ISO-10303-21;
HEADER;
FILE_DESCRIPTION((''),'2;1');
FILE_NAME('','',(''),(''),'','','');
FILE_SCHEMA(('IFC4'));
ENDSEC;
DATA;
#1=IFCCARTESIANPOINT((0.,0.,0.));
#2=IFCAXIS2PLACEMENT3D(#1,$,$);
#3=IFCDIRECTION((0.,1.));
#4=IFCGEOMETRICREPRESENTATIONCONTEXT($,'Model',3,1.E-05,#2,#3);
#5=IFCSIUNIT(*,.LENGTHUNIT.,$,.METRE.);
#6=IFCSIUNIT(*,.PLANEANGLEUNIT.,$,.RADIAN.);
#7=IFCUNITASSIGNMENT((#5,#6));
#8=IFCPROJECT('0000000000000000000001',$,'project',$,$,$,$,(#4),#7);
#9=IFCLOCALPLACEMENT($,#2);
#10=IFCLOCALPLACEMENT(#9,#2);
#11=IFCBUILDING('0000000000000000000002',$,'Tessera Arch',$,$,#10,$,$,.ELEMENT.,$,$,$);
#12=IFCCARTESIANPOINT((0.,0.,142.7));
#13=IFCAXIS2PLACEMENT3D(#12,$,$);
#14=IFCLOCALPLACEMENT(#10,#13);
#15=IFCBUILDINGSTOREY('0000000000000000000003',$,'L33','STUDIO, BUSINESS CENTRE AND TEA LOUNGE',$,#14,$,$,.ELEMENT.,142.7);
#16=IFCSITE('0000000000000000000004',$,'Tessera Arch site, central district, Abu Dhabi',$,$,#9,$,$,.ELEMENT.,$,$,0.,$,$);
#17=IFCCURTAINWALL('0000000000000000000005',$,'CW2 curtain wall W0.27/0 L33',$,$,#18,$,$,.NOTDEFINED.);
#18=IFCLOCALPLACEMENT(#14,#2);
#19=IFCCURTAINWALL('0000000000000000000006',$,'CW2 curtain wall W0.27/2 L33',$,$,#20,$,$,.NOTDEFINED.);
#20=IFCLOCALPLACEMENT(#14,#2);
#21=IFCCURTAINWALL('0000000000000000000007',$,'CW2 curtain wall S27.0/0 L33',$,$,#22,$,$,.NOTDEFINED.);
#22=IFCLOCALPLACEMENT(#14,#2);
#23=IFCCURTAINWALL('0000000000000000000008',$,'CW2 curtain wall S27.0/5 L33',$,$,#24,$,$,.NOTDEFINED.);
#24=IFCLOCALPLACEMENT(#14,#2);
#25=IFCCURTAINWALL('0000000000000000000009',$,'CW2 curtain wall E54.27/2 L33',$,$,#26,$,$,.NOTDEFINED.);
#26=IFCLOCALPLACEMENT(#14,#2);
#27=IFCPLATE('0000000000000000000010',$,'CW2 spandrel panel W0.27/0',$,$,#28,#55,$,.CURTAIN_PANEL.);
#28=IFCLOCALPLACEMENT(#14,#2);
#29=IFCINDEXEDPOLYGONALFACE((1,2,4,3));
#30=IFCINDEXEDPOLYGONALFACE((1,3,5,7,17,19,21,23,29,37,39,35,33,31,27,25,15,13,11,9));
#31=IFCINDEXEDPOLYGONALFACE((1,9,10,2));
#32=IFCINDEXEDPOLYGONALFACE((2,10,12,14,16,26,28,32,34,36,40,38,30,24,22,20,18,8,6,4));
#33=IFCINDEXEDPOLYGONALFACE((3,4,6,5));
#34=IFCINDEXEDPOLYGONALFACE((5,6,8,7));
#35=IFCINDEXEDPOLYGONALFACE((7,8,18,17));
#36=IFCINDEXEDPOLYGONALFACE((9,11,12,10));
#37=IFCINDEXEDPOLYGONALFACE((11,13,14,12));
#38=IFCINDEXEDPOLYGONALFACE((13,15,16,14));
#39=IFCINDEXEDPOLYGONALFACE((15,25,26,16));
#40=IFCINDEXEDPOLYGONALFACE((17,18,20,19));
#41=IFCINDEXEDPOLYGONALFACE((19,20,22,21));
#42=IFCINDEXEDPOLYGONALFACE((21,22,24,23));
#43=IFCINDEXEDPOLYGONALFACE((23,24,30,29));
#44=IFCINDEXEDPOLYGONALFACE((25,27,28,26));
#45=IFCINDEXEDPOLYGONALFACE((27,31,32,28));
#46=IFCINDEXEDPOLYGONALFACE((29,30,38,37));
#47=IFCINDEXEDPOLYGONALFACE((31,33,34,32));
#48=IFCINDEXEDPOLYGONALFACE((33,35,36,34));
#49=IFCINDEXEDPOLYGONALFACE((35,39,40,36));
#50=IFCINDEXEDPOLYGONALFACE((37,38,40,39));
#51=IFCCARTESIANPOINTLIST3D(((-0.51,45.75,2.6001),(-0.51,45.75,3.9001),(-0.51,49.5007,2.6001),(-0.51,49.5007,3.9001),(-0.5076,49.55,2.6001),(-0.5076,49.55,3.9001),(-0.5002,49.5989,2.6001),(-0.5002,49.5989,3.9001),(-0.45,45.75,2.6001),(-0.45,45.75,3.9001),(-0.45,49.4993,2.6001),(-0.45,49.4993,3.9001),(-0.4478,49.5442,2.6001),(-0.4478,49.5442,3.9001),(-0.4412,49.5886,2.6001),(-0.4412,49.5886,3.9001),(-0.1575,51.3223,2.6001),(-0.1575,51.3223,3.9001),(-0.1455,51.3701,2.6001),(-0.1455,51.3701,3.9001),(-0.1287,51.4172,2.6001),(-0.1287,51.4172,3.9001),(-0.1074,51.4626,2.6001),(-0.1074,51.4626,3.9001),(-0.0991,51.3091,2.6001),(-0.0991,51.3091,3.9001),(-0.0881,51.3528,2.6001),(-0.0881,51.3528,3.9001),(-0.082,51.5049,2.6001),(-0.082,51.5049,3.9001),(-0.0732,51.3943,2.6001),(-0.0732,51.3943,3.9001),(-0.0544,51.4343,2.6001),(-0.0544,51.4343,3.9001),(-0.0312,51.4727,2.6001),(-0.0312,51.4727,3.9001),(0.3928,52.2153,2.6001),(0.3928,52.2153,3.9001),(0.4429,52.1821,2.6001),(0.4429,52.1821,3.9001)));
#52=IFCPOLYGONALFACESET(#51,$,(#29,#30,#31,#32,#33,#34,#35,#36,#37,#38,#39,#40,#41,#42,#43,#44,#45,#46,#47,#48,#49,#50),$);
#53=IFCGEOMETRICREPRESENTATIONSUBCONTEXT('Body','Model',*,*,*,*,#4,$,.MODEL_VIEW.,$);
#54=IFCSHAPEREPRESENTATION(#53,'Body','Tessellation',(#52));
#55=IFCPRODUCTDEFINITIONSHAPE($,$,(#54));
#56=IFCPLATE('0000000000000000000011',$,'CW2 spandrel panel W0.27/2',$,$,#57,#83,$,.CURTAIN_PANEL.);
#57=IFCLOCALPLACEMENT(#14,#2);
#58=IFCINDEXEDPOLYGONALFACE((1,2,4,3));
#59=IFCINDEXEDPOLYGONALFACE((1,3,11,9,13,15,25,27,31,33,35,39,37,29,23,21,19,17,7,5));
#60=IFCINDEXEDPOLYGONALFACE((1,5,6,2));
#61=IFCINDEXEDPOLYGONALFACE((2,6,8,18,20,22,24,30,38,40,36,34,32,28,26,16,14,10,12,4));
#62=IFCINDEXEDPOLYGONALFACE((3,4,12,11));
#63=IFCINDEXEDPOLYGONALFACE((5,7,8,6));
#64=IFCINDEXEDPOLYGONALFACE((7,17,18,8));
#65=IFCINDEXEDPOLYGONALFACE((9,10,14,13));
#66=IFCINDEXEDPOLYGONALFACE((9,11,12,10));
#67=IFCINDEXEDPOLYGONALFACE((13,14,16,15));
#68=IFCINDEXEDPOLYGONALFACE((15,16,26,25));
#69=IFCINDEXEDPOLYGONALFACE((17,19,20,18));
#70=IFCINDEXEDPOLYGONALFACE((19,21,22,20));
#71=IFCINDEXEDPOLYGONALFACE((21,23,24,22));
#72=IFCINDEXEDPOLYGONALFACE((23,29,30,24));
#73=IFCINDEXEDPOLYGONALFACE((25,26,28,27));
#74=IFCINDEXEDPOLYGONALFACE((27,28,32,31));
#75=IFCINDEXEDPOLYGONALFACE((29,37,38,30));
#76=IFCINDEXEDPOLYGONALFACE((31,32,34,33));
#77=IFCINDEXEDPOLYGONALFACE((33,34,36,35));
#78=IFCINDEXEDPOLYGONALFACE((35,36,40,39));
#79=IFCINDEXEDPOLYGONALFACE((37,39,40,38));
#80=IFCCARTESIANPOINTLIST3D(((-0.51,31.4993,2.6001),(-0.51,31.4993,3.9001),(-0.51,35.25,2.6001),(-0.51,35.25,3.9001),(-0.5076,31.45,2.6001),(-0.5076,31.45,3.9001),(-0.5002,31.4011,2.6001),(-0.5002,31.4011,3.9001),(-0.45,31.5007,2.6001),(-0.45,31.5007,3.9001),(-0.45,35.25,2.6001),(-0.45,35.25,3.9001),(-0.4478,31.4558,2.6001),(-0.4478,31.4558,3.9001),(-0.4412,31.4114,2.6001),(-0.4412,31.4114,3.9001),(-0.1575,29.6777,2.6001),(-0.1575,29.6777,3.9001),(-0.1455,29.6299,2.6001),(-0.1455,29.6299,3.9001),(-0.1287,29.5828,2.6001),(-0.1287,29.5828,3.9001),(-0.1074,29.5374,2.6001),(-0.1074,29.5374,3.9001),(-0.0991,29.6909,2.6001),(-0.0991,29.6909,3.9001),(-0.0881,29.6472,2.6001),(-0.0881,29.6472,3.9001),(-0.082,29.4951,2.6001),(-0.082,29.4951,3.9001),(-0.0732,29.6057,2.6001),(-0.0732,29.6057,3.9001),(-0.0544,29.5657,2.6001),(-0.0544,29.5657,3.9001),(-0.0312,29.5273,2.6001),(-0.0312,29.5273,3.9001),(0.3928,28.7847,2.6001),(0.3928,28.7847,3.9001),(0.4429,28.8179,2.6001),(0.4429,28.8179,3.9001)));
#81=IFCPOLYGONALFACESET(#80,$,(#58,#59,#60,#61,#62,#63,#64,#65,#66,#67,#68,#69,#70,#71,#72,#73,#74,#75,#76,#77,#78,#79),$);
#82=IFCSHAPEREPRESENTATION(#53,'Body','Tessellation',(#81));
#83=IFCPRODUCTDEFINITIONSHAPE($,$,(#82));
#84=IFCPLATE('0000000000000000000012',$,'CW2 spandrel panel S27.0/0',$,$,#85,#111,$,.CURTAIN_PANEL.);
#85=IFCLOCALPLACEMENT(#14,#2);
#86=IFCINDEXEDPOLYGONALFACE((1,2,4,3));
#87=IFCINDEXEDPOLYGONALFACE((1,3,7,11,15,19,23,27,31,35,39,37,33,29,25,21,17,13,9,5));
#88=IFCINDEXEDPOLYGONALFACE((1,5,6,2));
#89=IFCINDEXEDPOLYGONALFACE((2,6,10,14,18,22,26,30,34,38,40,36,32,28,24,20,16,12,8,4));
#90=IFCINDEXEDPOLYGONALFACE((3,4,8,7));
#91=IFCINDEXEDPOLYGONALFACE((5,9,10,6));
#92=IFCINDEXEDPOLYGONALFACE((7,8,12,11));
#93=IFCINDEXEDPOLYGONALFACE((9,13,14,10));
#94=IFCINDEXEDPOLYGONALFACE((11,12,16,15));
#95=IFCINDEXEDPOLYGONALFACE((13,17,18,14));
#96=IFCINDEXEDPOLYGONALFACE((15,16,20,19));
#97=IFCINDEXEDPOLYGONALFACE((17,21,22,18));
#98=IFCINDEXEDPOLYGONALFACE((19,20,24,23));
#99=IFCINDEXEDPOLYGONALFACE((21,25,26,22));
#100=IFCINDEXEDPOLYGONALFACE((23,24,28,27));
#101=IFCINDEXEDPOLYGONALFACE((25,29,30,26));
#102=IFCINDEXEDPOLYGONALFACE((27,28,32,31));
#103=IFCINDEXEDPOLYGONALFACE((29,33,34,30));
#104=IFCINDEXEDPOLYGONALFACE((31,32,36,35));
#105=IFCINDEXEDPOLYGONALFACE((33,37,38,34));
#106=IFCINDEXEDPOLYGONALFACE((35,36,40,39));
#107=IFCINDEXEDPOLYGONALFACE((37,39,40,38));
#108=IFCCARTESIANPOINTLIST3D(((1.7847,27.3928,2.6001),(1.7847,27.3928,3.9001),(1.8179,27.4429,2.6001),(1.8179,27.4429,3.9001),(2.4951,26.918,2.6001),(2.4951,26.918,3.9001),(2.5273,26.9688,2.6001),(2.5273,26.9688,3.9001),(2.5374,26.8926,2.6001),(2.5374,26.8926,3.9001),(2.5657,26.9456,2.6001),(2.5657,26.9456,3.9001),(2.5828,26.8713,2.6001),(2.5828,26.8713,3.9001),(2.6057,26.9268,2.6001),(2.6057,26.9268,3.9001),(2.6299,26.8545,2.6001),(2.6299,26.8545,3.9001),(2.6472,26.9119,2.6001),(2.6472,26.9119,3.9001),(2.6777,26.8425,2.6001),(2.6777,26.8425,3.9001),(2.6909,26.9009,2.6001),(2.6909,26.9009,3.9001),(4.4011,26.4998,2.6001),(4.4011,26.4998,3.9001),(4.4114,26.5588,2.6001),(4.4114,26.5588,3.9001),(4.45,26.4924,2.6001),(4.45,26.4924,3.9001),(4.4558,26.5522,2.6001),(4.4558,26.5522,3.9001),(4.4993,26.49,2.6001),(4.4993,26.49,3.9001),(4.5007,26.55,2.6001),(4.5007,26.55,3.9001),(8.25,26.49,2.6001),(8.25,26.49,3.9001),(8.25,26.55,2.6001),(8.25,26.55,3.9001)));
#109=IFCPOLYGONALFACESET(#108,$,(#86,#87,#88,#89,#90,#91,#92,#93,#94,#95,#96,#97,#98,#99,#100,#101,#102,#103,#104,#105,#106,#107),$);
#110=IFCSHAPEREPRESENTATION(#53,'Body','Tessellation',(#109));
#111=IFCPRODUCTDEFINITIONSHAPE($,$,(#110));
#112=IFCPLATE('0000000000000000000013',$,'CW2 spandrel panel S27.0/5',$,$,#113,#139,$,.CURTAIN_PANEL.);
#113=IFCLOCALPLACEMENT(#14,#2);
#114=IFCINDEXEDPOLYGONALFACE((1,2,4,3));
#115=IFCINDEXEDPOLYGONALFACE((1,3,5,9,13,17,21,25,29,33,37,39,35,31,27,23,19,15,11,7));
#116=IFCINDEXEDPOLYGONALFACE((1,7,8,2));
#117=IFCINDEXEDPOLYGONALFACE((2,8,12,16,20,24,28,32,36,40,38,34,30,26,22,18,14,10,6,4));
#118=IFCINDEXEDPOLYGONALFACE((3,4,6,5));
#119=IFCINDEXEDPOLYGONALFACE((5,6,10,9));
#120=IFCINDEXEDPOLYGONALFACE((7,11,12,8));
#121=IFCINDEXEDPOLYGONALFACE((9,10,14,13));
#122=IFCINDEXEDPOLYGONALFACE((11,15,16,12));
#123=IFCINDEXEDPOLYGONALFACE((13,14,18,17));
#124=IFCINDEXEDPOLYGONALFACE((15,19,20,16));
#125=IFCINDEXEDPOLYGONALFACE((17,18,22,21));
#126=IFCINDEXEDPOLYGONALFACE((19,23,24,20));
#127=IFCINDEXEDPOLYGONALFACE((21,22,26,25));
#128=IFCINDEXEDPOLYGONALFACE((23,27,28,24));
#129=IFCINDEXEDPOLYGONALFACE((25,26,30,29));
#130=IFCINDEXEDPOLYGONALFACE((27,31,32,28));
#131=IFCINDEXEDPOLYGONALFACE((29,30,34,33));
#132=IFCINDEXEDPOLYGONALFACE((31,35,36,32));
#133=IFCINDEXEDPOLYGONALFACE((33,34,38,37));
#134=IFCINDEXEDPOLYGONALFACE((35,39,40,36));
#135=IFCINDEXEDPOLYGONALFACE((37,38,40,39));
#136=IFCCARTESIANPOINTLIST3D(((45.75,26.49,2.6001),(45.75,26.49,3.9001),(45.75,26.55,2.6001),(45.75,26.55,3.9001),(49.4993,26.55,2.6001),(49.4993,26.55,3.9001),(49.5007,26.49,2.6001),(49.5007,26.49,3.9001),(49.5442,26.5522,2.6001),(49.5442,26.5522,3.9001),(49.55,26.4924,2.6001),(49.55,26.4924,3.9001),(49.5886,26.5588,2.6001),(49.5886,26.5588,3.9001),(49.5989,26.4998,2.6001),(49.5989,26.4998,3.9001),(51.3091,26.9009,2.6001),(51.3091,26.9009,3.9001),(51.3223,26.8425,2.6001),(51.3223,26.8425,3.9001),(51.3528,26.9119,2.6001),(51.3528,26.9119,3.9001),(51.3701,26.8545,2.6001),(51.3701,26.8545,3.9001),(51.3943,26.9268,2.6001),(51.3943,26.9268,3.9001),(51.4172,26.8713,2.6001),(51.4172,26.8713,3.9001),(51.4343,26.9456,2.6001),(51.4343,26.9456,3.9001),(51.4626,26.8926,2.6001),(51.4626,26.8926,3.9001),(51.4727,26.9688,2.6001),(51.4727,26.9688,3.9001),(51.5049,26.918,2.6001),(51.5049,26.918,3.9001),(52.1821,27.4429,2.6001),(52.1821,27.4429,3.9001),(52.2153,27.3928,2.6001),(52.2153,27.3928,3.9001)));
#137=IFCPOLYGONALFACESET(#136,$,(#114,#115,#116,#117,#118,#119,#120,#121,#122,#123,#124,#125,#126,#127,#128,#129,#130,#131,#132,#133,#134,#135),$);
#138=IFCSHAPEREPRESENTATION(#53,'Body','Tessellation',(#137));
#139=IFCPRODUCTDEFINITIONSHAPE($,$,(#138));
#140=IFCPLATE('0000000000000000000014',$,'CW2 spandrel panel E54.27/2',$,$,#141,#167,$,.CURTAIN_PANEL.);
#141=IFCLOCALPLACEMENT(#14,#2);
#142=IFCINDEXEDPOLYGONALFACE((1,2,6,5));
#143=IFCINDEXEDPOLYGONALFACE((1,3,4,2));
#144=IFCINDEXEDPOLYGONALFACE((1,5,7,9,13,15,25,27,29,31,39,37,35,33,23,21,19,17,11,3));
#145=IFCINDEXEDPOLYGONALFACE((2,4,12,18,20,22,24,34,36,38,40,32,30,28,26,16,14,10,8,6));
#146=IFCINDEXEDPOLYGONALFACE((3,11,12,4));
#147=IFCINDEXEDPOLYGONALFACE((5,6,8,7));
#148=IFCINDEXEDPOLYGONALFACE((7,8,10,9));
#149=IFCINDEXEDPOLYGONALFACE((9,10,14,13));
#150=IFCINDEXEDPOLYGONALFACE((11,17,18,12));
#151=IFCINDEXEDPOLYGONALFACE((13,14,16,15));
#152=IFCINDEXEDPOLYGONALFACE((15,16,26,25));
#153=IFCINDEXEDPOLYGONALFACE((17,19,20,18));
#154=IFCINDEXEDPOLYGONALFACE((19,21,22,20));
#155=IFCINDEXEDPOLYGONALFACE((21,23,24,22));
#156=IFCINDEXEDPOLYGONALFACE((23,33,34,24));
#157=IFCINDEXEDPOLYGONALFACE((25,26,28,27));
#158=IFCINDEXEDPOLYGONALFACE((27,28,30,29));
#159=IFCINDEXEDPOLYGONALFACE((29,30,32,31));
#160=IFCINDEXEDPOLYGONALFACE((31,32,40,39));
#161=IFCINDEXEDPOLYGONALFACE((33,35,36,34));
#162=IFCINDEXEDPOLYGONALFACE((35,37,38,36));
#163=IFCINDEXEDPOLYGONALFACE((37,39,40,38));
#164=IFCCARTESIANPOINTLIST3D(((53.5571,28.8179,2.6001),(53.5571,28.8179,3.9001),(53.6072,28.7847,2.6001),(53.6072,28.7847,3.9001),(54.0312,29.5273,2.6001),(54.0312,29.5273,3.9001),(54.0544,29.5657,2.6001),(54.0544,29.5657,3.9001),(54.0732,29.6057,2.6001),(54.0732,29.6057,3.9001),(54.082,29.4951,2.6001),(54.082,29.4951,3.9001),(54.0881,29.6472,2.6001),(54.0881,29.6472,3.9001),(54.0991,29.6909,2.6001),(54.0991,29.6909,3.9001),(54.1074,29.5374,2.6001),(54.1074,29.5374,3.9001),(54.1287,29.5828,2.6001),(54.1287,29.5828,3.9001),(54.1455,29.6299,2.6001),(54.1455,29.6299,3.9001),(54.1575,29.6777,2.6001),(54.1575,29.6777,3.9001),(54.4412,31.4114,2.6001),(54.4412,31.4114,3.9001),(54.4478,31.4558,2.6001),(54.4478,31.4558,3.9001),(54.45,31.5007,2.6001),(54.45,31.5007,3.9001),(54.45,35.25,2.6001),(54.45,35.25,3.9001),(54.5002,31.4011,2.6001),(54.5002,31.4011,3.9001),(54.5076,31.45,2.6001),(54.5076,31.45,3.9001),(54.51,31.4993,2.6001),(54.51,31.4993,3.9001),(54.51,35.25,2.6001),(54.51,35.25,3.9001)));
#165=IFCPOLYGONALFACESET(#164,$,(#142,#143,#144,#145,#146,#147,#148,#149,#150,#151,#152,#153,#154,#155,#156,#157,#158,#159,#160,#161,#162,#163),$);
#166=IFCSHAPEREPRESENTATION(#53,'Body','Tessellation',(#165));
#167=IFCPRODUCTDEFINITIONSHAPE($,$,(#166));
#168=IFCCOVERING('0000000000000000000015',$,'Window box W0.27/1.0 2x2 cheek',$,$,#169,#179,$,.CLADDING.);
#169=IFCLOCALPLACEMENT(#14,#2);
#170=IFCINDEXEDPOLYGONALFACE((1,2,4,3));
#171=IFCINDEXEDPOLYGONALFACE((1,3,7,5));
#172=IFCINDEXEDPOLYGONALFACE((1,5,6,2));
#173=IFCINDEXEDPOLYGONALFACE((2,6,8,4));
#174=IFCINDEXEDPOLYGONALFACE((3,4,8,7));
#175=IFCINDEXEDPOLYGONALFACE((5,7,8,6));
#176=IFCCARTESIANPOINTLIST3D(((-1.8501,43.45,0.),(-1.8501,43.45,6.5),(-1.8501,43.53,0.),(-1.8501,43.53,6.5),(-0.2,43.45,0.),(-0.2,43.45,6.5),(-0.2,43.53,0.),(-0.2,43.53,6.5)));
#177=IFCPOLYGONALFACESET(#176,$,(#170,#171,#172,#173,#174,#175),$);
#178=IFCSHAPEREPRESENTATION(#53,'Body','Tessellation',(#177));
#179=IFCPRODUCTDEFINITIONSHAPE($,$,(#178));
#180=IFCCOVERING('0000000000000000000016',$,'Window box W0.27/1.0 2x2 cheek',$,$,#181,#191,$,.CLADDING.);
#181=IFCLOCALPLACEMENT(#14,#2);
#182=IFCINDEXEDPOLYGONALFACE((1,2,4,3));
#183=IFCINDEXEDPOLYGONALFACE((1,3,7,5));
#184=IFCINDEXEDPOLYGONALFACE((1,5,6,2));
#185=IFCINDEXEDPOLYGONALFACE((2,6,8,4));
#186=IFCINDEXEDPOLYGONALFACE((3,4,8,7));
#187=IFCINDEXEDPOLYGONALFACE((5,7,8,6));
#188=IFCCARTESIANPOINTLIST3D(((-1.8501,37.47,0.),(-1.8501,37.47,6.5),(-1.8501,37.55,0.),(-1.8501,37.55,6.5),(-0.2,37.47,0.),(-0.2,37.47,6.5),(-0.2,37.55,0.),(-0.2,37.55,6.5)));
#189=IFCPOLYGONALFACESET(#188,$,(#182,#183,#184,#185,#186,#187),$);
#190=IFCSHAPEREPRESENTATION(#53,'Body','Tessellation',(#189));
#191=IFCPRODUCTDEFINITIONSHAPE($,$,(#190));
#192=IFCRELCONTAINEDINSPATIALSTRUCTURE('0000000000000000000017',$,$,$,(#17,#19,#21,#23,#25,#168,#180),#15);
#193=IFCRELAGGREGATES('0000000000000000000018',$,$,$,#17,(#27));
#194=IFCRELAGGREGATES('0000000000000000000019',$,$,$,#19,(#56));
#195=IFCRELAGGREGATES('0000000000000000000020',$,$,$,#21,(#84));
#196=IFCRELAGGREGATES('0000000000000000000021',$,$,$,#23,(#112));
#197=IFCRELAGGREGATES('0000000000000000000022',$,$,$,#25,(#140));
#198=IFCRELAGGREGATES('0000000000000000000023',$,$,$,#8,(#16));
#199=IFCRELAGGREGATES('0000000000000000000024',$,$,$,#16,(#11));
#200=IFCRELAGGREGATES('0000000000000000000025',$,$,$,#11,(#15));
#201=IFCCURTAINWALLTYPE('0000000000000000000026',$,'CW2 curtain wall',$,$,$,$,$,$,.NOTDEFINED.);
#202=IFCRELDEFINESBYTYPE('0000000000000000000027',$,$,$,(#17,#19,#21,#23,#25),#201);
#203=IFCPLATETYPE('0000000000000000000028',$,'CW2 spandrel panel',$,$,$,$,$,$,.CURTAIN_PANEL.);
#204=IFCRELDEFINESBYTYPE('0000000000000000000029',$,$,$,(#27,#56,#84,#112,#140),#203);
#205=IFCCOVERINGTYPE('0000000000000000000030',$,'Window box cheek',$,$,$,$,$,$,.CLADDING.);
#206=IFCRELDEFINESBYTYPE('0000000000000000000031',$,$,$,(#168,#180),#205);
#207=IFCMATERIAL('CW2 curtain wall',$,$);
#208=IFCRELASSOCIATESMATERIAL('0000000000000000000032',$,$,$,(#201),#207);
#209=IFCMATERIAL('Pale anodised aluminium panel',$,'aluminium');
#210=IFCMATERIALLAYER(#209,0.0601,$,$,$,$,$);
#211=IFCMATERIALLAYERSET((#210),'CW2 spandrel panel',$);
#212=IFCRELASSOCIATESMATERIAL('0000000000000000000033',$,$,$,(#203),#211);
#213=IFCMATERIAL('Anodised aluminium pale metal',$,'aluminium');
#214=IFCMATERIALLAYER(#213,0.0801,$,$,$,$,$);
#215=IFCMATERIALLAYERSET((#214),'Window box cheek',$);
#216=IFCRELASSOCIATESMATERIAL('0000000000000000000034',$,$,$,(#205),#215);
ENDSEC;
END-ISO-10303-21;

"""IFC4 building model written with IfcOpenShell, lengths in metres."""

from ifc_helpers import new_model, si_unit, direction, frame, origin, place, context, subcontext, project, spatial, polyline, outline, extrude, material, layer, layer_set, type_object, element, aggregate, save


model = new_model("IFC4")

# Units and contexts
model_context = context("Model", 3, precision=1e-05, world=origin(), true_north=direction((0.0, 1.0)))
body_context = subcontext(model_context, "Body", "Model", "MODEL_VIEW")
ifc_project = project(units=[si_unit("LENGTHUNIT", "METRE"), si_unit("PLANEANGLEUNIT", "RADIAN")], contexts=[model_context])

# Site, building, storey
site_placement = place(None, origin())
site = spatial("IfcSite", under=ifc_project, at=site_placement, Name="Tessera Arch site, central district, Abu Dhabi", CompositionType="ELEMENT", RefElevation=0.0)
building_placement = place(site_placement, origin())
building = spatial("IfcBuilding", under=site, at=building_placement, Name="Tessera Arch", CompositionType="ELEMENT")
storey_placement = place(building_placement, frame((0.0, 0.0, 142.7)))
storey = spatial("IfcBuildingStorey", under=building, at=storey_placement, Name="L33", Description="STUDIO, BUSINESS CENTRE AND TEA LOUNGE", CompositionType="ELEMENT", Elevation=142.7)

# Curtain walls
ifc_material_1 = material(Name="CW2 curtain wall")
curtain_wall_type = type_object("IfcCurtainWallType", Name="CW2 curtain wall", PredefinedType="NOTDEFINED", material=ifc_material_1)
curtain_wall_1_placement = place(storey_placement, origin())
curtain_wall_1 = element("IfcCurtainWall", 1, at=curtain_wall_1_placement, inside=storey, type_object=curtain_wall_type, Name="CW2 curtain wall W0.27/0 L33", PredefinedType="NOTDEFINED")
curtain_wall_2_placement = place(storey_placement, origin())
curtain_wall_2 = element("IfcCurtainWall", 2, at=curtain_wall_2_placement, inside=storey, type_object=curtain_wall_type, Name="CW2 curtain wall W0.27/2 L33", PredefinedType="NOTDEFINED")
curtain_wall_3_placement = place(storey_placement, origin())
curtain_wall_3 = element("IfcCurtainWall", 3, at=curtain_wall_3_placement, inside=storey, type_object=curtain_wall_type, Name="CW2 curtain wall S27.0/0 L33", PredefinedType="NOTDEFINED")
curtain_wall_4_placement = place(storey_placement, origin())
curtain_wall_4 = element("IfcCurtainWall", 4, at=curtain_wall_4_placement, inside=storey, type_object=curtain_wall_type, Name="CW2 curtain wall S27.0/5 L33", PredefinedType="NOTDEFINED")
curtain_wall_5_placement = place(storey_placement, origin())
curtain_wall_5 = element("IfcCurtainWall", 5, at=curtain_wall_5_placement, inside=storey, type_object=curtain_wall_type, Name="CW2 curtain wall E54.27/2 L33", PredefinedType="NOTDEFINED")

# Plates
ifc_material_2 = material(Name="Pale anodised aluminium panel", Category="aluminium")
ifc_layer_1 = layer(ifc_material_2, 0.0601)
ifc_layer_set_1 = layer_set([ifc_layer_1], Name="CW2 spandrel panel")
plate_type_1 = type_object("IfcPlateType", Name="CW2 spandrel panel", PredefinedType="CURTAIN_PANEL", material=ifc_layer_set_1)
plate_1_placement = place(storey_placement, frame((0.0, 0.0, 2.6001)))
plate_1 = element("IfcPlate", 6, at=plate_1_placement, type_object=plate_type_1, Name="CW2 spandrel panel W0.27/0", PredefinedType="CURTAIN_PANEL", context=body_context, shape_type="SweptSolid", body=[
    extrude(outline(polyline([(-0.0312, 51.4727), (0.4429, 52.1821), (0.3928, 52.2153), (-0.082, 51.5049), (-0.1074, 51.4626), (-0.1287, 51.4172), (-0.1455, 51.3701), (-0.1575, 51.3223), (-0.5002, 49.5989), (-0.5076, 49.55), (-0.51, 49.5007), (-0.51, 45.75), (-0.45, 45.75), (-0.45, 49.4993), (-0.4478, 49.5442), (-0.4412, 49.5886), (-0.0991, 51.3091), (-0.0881, 51.3528), (-0.0732, 51.3943), (-0.0544, 51.4343), (-0.0312, 51.4727)])), origin(), (0.0, 0.0, 1.0), 1.3),
])
aggregate(curtain_wall_1, [plate_1])
plate_2_placement = place(storey_placement, frame((0.0, 0.0, 2.6001)))
plate_2 = element("IfcPlate", 7, at=plate_2_placement, type_object=plate_type_1, Name="CW2 spandrel panel W0.27/2", PredefinedType="CURTAIN_PANEL", context=body_context, shape_type="SweptSolid", body=[
    extrude(outline(polyline([(-0.45, 31.5007), (-0.45, 35.25), (-0.51, 35.25), (-0.51, 31.4993), (-0.5076, 31.45), (-0.5002, 31.4011), (-0.1575, 29.6777), (-0.1455, 29.6299), (-0.1287, 29.5828), (-0.1074, 29.5374), (-0.082, 29.4951), (0.3928, 28.7847), (0.4429, 28.8179), (-0.0312, 29.5273), (-0.0544, 29.5657), (-0.0732, 29.6057), (-0.0881, 29.6472), (-0.0991, 29.6909), (-0.4412, 31.4114), (-0.4478, 31.4558), (-0.45, 31.5007)])), origin(), (0.0, 0.0, 1.0), 1.3),
])
aggregate(curtain_wall_2, [plate_2])
plate_3_placement = place(storey_placement, frame((0.0, 0.0, 2.6001)))
plate_3 = element("IfcPlate", 8, at=plate_3_placement, type_object=plate_type_1, Name="CW2 spandrel panel S27.0/0", PredefinedType="CURTAIN_PANEL", context=body_context, shape_type="SweptSolid", body=[
    extrude(outline(polyline([(2.5273, 26.9688), (1.8179, 27.4429), (1.7847, 27.3928), (2.4951, 26.918), (2.5374, 26.8926), (2.5828, 26.8713), (2.6299, 26.8545), (2.6777, 26.8425), (4.4011, 26.4998), (4.45, 26.4924), (4.4993, 26.49), (8.25, 26.49), (8.25, 26.55), (4.5007, 26.55), (4.4558, 26.5522), (4.4114, 26.5588), (2.6909, 26.9009), (2.6472, 26.9119), (2.6057, 26.9268), (2.5657, 26.9456), (2.5273, 26.9688)])), origin(), (0.0, 0.0, 1.0), 1.3),
])
aggregate(curtain_wall_3, [plate_3])
plate_4_placement = place(storey_placement, frame((0.0, 0.0, 2.6001)))
plate_4 = element("IfcPlate", 9, at=plate_4_placement, type_object=plate_type_1, Name="CW2 spandrel panel S27.0/5", PredefinedType="CURTAIN_PANEL", context=body_context, shape_type="SweptSolid", body=[
    extrude(outline(polyline([(49.4993, 26.55), (45.75, 26.55), (45.75, 26.49), (49.5007, 26.49), (49.55, 26.4924), (49.5989, 26.4998), (51.3223, 26.8425), (51.3701, 26.8545), (51.4172, 26.8713), (51.4626, 26.8926), (51.5049, 26.918), (52.2153, 27.3928), (52.1821, 27.4429), (51.4727, 26.9688), (51.4343, 26.9456), (51.3943, 26.9268), (51.3528, 26.9119), (51.3091, 26.9009), (49.5886, 26.5588), (49.5442, 26.5522), (49.4993, 26.55)])), origin(), (0.0, 0.0, 1.0), 1.3),
])
aggregate(curtain_wall_4, [plate_4])
plate_5_placement = place(storey_placement, frame((0.0, 0.0, 2.6001)))
plate_5 = element("IfcPlate", 10, at=plate_5_placement, type_object=plate_type_1, Name="CW2 spandrel panel E54.27/2", PredefinedType="CURTAIN_PANEL", context=body_context, shape_type="SweptSolid", body=[
    extrude(outline(polyline([(54.0312, 29.5273), (53.5571, 28.8179), (53.6072, 28.7847), (54.082, 29.4951), (54.1074, 29.5374), (54.1287, 29.5828), (54.1455, 29.6299), (54.1575, 29.6777), (54.5002, 31.4011), (54.5076, 31.45), (54.51, 31.4993), (54.51, 35.25), (54.45, 35.25), (54.45, 31.5007), (54.4478, 31.4558), (54.4412, 31.4114), (54.0991, 29.6909), (54.0881, 29.6472), (54.0732, 29.6057), (54.0544, 29.5657), (54.0312, 29.5273)])), origin(), (0.0, 0.0, 1.0), 1.3),
])
aggregate(curtain_wall_5, [plate_5])

# Coverings
ifc_material_3 = material(Name="Anodised aluminium pale metal", Category="aluminium")
ifc_layer_2 = layer(ifc_material_3, 0.0801)
ifc_layer_set_2 = layer_set([ifc_layer_2], Name="Window box cheek")
covering_type_1 = type_object("IfcCoveringType", Name="Window box cheek", PredefinedType="CLADDING", material=ifc_layer_set_2)
covering_1_placement = place(storey_placement, origin())
element("IfcCovering", 11, at=covering_1_placement, inside=storey, type_object=covering_type_1, Name="Window box W0.27/1.0 2x2 cheek", PredefinedType="CLADDING", context=body_context, shape_type="SweptSolid", body=[
    extrude(outline(polyline([(-1.8501, 43.53), (-1.8501, 43.45), (-0.2, 43.45), (-0.2, 43.53), (-1.8501, 43.53)])), origin(), (0.0, 0.0, 1.0), 6.5),
])
covering_2_placement = place(storey_placement, origin())
element("IfcCovering", 12, at=covering_2_placement, inside=storey, type_object=covering_type_1, Name="Window box W0.27/1.0 2x2 cheek", PredefinedType="CLADDING", context=body_context, shape_type="SweptSolid", body=[
    extrude(outline(polyline([(-1.8501, 37.55), (-1.8501, 37.47), (-0.2, 37.47), (-0.2, 37.55), (-1.8501, 37.55)])), origin(), (0.0, 0.0, 1.0), 6.5),
])

save(model, "model.ifc")
